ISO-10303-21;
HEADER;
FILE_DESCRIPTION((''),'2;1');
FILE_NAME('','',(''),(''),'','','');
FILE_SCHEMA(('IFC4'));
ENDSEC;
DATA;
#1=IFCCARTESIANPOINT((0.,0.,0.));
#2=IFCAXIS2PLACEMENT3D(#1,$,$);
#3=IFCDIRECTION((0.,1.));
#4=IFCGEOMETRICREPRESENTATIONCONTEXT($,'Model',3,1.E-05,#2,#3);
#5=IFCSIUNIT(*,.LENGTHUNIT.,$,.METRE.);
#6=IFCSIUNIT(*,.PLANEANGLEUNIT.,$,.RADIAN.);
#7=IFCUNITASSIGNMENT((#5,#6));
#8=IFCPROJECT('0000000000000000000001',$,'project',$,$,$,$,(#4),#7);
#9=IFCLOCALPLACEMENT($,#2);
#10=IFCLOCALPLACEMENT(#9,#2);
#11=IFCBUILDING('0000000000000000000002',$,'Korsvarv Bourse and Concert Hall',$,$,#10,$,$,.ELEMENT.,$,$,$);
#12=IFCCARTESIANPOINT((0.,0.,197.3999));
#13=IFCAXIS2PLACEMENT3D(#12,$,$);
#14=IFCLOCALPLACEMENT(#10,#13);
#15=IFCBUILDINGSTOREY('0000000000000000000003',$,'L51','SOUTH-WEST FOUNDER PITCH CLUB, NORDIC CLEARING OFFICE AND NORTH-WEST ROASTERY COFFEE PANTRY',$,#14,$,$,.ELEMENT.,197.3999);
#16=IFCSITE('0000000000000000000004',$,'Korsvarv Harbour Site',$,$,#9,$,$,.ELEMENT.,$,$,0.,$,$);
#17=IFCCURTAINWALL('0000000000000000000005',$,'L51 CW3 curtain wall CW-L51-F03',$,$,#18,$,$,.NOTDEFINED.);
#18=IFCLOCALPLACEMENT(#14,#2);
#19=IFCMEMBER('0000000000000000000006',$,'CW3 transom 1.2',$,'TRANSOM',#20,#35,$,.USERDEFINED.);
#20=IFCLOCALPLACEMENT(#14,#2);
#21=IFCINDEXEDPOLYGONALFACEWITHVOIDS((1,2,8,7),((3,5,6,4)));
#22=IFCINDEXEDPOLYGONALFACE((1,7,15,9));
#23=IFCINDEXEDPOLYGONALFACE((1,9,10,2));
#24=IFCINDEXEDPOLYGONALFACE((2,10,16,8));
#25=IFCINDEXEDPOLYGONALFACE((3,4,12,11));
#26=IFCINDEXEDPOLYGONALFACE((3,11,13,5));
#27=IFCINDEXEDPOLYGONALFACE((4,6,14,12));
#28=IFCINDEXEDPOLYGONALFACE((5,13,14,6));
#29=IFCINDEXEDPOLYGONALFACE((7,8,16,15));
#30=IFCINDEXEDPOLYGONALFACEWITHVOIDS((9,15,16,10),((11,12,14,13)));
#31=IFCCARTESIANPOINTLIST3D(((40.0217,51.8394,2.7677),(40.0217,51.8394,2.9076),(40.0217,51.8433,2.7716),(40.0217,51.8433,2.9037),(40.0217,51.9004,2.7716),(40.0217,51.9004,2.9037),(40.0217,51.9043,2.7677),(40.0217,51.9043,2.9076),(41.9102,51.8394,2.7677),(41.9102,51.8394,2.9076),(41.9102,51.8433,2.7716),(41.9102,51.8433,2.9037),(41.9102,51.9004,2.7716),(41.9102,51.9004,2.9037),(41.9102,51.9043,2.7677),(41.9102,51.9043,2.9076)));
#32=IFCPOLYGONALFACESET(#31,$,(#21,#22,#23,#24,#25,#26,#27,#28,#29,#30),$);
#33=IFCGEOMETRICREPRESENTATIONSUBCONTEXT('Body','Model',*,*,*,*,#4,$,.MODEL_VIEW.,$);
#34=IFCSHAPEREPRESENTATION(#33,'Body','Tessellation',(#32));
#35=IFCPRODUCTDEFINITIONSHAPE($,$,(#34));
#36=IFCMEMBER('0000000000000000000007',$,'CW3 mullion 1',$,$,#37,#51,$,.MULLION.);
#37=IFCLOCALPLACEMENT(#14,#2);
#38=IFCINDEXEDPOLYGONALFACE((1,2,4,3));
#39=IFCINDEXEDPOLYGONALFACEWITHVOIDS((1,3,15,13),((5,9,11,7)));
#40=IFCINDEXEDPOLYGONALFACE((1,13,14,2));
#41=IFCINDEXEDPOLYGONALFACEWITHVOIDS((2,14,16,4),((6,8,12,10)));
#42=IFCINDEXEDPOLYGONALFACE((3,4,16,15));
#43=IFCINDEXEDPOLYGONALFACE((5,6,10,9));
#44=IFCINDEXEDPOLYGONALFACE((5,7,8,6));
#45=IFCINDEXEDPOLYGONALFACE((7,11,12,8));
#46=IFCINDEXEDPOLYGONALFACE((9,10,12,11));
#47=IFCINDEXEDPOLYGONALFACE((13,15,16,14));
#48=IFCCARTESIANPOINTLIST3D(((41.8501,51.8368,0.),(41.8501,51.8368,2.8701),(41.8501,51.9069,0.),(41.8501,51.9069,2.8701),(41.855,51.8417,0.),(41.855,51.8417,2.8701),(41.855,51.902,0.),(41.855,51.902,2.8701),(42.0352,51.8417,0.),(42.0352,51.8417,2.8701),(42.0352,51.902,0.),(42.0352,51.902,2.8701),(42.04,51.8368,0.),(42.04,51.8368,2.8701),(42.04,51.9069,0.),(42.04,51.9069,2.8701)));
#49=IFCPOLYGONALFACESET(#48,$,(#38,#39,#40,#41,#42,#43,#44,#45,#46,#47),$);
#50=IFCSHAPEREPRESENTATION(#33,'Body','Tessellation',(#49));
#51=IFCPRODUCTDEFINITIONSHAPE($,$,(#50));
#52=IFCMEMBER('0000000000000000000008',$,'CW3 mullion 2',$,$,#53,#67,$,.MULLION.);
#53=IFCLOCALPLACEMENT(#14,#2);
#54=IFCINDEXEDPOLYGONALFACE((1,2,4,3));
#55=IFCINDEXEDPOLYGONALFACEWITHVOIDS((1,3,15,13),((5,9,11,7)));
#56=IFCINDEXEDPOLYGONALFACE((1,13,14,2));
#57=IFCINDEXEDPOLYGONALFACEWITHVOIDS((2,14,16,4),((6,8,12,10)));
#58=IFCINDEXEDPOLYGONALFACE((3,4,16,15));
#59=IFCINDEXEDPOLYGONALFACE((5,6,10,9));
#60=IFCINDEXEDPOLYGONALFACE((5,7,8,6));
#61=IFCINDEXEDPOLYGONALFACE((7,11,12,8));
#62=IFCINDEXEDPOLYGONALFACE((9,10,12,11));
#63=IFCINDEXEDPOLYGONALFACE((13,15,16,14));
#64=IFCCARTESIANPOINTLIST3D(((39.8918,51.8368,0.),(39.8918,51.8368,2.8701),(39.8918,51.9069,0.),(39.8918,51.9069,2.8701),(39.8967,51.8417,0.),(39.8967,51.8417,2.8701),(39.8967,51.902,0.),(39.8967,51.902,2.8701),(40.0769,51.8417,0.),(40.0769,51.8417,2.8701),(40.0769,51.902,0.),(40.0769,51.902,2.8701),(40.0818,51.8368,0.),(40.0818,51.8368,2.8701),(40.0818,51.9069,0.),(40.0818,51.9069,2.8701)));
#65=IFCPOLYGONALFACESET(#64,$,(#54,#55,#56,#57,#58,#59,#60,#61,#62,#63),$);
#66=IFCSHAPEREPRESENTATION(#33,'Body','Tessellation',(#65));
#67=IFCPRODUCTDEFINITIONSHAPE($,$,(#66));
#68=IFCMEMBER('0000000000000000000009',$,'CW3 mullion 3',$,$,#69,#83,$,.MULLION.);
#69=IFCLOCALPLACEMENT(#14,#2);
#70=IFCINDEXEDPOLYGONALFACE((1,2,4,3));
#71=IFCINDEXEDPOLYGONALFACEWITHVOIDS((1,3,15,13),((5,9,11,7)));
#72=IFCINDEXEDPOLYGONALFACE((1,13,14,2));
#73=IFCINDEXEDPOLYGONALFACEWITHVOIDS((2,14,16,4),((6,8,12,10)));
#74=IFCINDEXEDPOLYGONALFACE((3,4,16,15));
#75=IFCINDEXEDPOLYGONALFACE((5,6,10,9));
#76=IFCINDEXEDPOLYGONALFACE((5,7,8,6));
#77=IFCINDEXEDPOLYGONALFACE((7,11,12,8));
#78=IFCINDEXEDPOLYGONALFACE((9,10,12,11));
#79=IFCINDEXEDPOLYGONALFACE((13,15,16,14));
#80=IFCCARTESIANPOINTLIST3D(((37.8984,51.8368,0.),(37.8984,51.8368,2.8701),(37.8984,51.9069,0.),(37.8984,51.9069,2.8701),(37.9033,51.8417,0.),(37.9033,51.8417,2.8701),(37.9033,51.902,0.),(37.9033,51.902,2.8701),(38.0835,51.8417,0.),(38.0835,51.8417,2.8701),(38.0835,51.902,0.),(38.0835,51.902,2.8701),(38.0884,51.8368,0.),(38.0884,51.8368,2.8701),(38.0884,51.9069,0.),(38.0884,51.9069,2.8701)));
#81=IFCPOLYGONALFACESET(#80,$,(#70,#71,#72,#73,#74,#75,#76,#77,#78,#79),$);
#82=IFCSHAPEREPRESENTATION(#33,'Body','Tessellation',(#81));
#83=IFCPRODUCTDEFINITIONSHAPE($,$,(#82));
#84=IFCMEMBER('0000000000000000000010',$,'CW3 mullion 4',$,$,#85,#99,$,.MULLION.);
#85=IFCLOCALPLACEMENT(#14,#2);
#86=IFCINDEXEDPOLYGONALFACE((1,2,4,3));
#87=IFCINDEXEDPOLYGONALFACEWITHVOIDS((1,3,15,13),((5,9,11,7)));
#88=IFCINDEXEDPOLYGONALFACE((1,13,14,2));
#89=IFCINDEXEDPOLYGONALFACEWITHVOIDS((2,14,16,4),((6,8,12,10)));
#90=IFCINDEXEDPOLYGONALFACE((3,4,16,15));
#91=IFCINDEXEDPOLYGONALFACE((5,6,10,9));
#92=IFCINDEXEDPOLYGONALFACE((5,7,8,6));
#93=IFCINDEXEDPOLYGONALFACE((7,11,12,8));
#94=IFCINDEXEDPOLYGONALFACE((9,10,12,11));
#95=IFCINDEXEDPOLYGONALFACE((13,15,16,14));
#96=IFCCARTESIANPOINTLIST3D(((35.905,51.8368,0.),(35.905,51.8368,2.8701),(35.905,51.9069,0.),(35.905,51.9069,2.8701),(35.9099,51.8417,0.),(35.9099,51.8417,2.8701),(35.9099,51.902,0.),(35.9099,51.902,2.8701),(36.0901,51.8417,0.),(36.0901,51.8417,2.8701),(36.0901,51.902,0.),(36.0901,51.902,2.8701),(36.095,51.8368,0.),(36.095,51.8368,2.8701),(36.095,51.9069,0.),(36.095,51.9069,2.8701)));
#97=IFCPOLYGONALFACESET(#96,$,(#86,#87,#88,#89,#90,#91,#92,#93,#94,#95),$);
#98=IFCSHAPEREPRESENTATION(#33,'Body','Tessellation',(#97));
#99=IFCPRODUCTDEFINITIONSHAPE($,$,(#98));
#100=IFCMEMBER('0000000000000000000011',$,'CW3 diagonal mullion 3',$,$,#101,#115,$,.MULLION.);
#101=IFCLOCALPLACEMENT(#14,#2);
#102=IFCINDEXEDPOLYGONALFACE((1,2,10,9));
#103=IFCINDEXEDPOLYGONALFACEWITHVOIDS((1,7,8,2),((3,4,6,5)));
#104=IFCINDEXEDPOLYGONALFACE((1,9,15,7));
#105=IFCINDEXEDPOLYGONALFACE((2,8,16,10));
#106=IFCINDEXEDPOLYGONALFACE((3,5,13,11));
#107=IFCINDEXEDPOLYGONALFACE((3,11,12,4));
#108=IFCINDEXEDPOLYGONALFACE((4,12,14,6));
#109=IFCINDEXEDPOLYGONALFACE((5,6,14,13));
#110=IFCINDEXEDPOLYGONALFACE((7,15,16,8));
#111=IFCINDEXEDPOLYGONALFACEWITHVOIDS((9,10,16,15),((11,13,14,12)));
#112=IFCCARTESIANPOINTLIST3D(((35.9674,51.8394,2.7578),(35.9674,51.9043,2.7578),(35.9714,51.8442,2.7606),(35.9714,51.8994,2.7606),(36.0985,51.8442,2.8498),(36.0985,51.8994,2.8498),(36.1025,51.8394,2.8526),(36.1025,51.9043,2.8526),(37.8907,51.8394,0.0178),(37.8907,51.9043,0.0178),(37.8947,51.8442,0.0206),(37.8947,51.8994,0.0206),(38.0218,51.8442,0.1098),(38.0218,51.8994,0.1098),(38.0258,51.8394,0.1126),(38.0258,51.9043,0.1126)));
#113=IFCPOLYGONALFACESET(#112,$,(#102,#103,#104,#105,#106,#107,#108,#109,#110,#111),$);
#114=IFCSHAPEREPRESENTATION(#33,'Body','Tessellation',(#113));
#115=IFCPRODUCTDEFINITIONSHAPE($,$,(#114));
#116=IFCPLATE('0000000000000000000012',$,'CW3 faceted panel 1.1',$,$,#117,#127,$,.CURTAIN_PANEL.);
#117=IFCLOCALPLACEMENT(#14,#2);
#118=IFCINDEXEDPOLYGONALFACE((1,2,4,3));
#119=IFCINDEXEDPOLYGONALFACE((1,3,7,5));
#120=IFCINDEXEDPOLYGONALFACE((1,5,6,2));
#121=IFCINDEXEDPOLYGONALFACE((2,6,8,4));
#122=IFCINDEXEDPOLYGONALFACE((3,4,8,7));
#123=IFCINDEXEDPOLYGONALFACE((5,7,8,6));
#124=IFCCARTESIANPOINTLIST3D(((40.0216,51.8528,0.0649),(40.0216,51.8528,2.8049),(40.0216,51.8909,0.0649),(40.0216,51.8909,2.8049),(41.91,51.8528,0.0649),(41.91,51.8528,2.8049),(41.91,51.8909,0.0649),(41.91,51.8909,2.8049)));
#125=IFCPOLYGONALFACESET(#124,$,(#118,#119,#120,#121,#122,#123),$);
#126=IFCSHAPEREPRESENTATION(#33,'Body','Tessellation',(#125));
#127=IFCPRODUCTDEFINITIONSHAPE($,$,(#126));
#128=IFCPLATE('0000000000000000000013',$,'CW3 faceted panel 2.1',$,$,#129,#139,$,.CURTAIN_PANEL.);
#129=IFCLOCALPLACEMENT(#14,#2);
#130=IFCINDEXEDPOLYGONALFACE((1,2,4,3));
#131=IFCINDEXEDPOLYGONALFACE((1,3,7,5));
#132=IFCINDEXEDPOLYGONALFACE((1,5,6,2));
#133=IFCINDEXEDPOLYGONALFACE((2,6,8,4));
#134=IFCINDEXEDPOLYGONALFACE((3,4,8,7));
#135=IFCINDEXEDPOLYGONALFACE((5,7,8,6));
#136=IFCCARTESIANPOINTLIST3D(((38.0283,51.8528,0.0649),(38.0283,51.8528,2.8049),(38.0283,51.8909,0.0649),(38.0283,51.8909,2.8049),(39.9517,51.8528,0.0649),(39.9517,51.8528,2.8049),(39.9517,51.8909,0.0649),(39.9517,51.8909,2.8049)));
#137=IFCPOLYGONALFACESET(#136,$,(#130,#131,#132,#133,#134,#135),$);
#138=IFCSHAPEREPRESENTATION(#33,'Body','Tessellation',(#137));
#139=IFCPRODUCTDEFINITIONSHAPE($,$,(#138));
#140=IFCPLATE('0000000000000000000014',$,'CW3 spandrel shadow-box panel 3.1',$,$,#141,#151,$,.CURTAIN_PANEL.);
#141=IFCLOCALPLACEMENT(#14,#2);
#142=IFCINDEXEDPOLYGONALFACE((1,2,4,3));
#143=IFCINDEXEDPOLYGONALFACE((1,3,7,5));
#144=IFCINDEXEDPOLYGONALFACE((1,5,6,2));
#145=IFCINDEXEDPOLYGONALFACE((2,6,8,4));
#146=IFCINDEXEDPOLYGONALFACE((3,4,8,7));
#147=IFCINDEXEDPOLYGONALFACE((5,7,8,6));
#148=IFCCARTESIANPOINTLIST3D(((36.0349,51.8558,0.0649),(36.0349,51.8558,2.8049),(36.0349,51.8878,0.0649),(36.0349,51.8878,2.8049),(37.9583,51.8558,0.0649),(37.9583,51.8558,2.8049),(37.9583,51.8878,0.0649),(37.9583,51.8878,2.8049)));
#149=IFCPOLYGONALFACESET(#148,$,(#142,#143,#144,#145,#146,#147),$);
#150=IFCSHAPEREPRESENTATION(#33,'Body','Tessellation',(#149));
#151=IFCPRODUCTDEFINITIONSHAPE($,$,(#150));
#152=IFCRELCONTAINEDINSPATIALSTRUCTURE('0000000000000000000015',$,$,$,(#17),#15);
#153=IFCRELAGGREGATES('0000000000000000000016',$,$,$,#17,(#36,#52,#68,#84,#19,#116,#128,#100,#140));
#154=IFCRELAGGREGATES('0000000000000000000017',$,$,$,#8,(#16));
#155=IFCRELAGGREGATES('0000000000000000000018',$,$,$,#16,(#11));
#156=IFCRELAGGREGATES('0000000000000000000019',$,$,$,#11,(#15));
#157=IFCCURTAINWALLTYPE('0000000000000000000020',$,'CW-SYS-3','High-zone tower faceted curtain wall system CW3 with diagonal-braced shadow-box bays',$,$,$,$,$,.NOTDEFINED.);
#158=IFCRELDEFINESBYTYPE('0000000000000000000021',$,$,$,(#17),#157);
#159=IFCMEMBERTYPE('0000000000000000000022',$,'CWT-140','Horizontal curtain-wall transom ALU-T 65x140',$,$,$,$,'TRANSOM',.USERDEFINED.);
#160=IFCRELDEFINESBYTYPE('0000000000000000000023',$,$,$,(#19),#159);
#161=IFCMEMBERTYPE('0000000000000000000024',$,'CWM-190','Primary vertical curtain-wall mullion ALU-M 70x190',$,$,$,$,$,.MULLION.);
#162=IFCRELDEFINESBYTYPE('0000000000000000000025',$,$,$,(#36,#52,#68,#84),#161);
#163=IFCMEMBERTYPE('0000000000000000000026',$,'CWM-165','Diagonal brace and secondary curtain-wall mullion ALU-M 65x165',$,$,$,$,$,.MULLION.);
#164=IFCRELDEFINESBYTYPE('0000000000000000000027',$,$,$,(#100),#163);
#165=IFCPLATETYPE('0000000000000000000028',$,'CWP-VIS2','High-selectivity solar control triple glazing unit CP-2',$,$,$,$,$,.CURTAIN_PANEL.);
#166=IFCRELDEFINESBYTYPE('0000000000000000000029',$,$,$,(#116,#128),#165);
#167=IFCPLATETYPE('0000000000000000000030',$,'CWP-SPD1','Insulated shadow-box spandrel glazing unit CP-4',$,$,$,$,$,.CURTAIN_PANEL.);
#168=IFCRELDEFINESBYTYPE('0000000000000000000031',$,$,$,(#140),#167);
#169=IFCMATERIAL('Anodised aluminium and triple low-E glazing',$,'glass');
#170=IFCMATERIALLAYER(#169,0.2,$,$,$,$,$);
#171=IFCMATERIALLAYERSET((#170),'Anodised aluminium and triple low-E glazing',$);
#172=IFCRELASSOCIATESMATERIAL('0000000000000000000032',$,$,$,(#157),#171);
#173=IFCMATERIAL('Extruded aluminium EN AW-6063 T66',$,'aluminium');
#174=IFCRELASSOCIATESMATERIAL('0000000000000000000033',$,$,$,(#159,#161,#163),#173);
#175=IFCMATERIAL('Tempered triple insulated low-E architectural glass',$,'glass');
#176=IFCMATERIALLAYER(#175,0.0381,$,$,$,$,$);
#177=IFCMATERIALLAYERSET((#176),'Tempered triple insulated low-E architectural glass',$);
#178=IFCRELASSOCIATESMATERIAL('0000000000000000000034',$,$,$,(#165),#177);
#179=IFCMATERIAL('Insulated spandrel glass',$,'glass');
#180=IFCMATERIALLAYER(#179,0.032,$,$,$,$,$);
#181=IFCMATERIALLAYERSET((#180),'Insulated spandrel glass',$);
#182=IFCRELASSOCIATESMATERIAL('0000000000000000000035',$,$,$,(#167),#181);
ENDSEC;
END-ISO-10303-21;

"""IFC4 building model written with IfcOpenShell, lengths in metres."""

from ifc_helpers import new_model, si_unit, direction, frame, origin, origin_2d, place, context, subcontext, project, spatial, rectangle, hollow_rectangle, extrude, source, transform, mapped, material, layer, layer_set, material_profile, profile_set, type_object, element, aggregate, save


model = new_model("IFC4")

# Units and contexts
model_context = context("Model", 3, precision=1e-05, world=origin(), true_north=direction((0.0, 1.0)))
body_context = subcontext(model_context, "Body", "Model", "MODEL_VIEW")
ifc_project = project(units=[si_unit("LENGTHUNIT", "METRE"), si_unit("PLANEANGLEUNIT", "RADIAN")], contexts=[model_context])

# Site, building, storey
site_placement = place(None, origin())
site = spatial("IfcSite", under=ifc_project, at=site_placement, Name="Korsvarv Harbour Site", CompositionType="ELEMENT", RefElevation=0.0)
building_placement = place(site_placement, origin())
building = spatial("IfcBuilding", under=site, at=building_placement, Name="Korsvarv Bourse and Concert Hall", CompositionType="ELEMENT")
storey_placement = place(building_placement, frame((0.0, 0.0, 197.3999)))
storey = spatial("IfcBuildingStorey", under=building, at=storey_placement, Name="L51", Description="SOUTH-WEST FOUNDER PITCH CLUB, NORDIC CLEARING OFFICE AND NORTH-WEST ROASTERY COFFEE PANTRY", CompositionType="ELEMENT", Elevation=197.3999)

# Curtain wall, members, plates
ifc_material_1 = material(Name="Anodised aluminium and triple low-E glazing", Category="glass")
ifc_layer_1 = layer(ifc_material_1, 0.2)
ifc_layer_set_1 = layer_set([ifc_layer_1], Name="Anodised aluminium and triple low-E glazing")
curtain_wall_type = type_object("IfcCurtainWallType", Name="CW-SYS-3", Description="High-zone tower faceted curtain wall system CW3 with diagonal-braced shadow-box bays", PredefinedType="NOTDEFINED", material=ifc_layer_set_1)
curtain_wall_placement = place(storey_placement, origin())
curtain_wall = element("IfcCurtainWall", 1, at=curtain_wall_placement, inside=storey, type_object=curtain_wall_type, Name="L51 CW3 curtain wall CW-L51-F03", PredefinedType="NOTDEFINED")
ifc_material_2 = material(Name="Extruded aluminium EN AW-6063 T66", Category="aluminium")
ifc_material_profile_1 = material_profile(ifc_material_2, hollow_rectangle(XDim=0.0649, YDim=0.1399, WallThickness=0.0039, at=origin_2d()), Name="ALU-T 65x140")
ifc_profile_set_1 = profile_set([ifc_material_profile_1], Name="Extruded aluminium EN AW-6063 T66")
member_type_1 = type_object("IfcMemberType", Name="CWT-140", Description="Horizontal curtain-wall transom ALU-T 65x140", ElementType="TRANSOM", PredefinedType="USERDEFINED", material=ifc_profile_set_1)
shared_shape_1 = source(origin(), body_context, "Body", "SweptSolid", [
    extrude(hollow_rectangle(XDim=0.0649, YDim=0.1399, WallThickness=0.0039, at=origin_2d()), origin(), (0.0, 0.0, 1.0), 1.8884),
])
member_1_placement = place(storey_placement, frame((41.9102, 51.8718, 2.8376), z_axis=(-1.0, 0.0, 0.0), x_axis=(0.0, -1.0, 0.0)))
member_1 = element("IfcMember", 2, at=member_1_placement, type_object=member_type_1, Name="CW3 transom 1.2", ObjectType="TRANSOM", PredefinedType="USERDEFINED", context=body_context, shape_type="MappedRepresentation", body=[
    mapped(shared_shape_1, transform((0.0, 0.0, 0.0), scale=1.0)),
])
ifc_material_profile_2 = material_profile(ifc_material_2, hollow_rectangle(XDim=0.0701, YDim=0.1899, WallThickness=0.0049, at=origin_2d()), Name="ALU-M 70x190")
ifc_profile_set_2 = profile_set([ifc_material_profile_2], Name="Extruded aluminium EN AW-6063 T66")
member_type_2 = type_object("IfcMemberType", Name="CWM-190", Description="Primary vertical curtain-wall mullion ALU-M 70x190", PredefinedType="MULLION", material=ifc_profile_set_2)
shared_shape_2 = source(origin(), body_context, "Body", "SweptSolid", [
    extrude(hollow_rectangle(XDim=0.0701, YDim=0.1899, WallThickness=0.0049, at=origin_2d()), origin(), (0.0, 0.0, 1.0), 2.8701),
])
member_2_placement = place(storey_placement, frame((41.9451, 51.8718, 0.0), z_axis=(0.0, 0.0, 1.0), x_axis=(0.0, -1.0, 0.0)))
member_2 = element("IfcMember", 3, at=member_2_placement, type_object=member_type_2, Name="CW3 mullion 1", PredefinedType="MULLION", context=body_context, shape_type="MappedRepresentation", body=[
    mapped(shared_shape_2, transform((0.0, 0.0, 0.0), scale=1.0)),
])
member_3_placement = place(storey_placement, frame((39.9868, 51.8718, 0.0), z_axis=(0.0, 0.0, 1.0), x_axis=(0.0, -1.0, 0.0)))
member_3 = element("IfcMember", 4, at=member_3_placement, type_object=member_type_2, Name="CW3 mullion 2", PredefinedType="MULLION", context=body_context, shape_type="MappedRepresentation", body=[
    mapped(shared_shape_2, transform((0.0, 0.0, 0.0), scale=1.0)),
])
member_4_placement = place(storey_placement, frame((37.9934, 51.8718, 0.0), z_axis=(0.0, 0.0, 1.0), x_axis=(0.0, -1.0, 0.0)))
member_4 = element("IfcMember", 5, at=member_4_placement, type_object=member_type_2, Name="CW3 mullion 3", PredefinedType="MULLION", context=body_context, shape_type="MappedRepresentation", body=[
    mapped(shared_shape_2, transform((0.0, 0.0, 0.0), scale=1.0)),
])
member_5_placement = place(storey_placement, frame((36.0, 51.8718, 0.0), z_axis=(0.0, 0.0, 1.0), x_axis=(0.0, -1.0, 0.0)))
member_5 = element("IfcMember", 6, at=member_5_placement, type_object=member_type_2, Name="CW3 mullion 4", PredefinedType="MULLION", context=body_context, shape_type="MappedRepresentation", body=[
    mapped(shared_shape_2, transform((0.0, 0.0, 0.0), scale=1.0)),
])
ifc_material_profile_3 = material_profile(ifc_material_2, hollow_rectangle(XDim=0.0649, YDim=0.165, WallThickness=0.0049, at=origin_2d()), Name="ALU-M 65x165")
ifc_profile_set_3 = profile_set([ifc_material_profile_3], Name="Extruded aluminium EN AW-6063 T66")
member_type_3 = type_object("IfcMemberType", Name="CWM-165", Description="Diagonal brace and secondary curtain-wall mullion ALU-M 65x165", PredefinedType="MULLION", material=ifc_profile_set_3)
shared_shape_3 = source(origin(), body_context, "Body", "SweptSolid", [
    extrude(hollow_rectangle(XDim=0.0649, YDim=0.165, WallThickness=0.0049, at=origin_2d()), origin(), (0.0, 0.0, 1.0), 3.3477),
])
member_6_placement = place(storey_placement, frame((37.9583, 51.8718, 0.0652), z_axis=(-0.574534, 0.0, 0.818481), x_axis=(0.0, -1.0, 0.0)))
member_6 = element("IfcMember", 7, at=member_6_placement, type_object=member_type_3, Name="CW3 diagonal mullion 3", PredefinedType="MULLION", context=body_context, shape_type="MappedRepresentation", body=[
    mapped(shared_shape_3, transform((0.0, 0.0, 0.0), scale=1.0)),
])
ifc_material_3 = material(Name="Tempered triple insulated low-E architectural glass", Category="glass")
ifc_layer_2 = layer(ifc_material_3, 0.0381)
ifc_layer_set_2 = layer_set([ifc_layer_2], Name="Tempered triple insulated low-E architectural glass")
plate_type_1 = type_object("IfcPlateType", Name="CWP-VIS2", Description="High-selectivity solar control triple glazing unit CP-2", PredefinedType="CURTAIN_PANEL", material=ifc_layer_set_2)
shared_shape_4 = source(origin(), body_context, "Body", "SweptSolid", [
    extrude(rectangle(XDim=1.8884, YDim=0.0381, at=origin_2d()), origin(), (0.0, 0.0, 1.0), 2.74),
])
plate_1_placement = place(storey_placement, frame((40.9658, 51.8718, 0.0649), z_axis=(0.0, 0.0, 1.0), x_axis=(-1.0, 0.0, 0.0)))
plate_1 = element("IfcPlate", 8, at=plate_1_placement, type_object=plate_type_1, Name="CW3 faceted panel 1.1", PredefinedType="CURTAIN_PANEL", context=body_context, shape_type="MappedRepresentation", body=[
    mapped(shared_shape_4, transform((0.0, 0.0, 0.0), scale=1.0)),
])
shared_shape_5 = source(origin(), body_context, "Body", "SweptSolid", [
    extrude(rectangle(XDim=1.9233, YDim=0.0381, at=origin_2d()), origin(), (0.0, 0.0, 1.0), 2.74),
])
plate_2_placement = place(storey_placement, frame((38.99, 51.8718, 0.0649), z_axis=(0.0, 0.0, 1.0), x_axis=(-1.0, 0.0, 0.0)))
plate_2 = element("IfcPlate", 9, at=plate_2_placement, type_object=plate_type_1, Name="CW3 faceted panel 2.1", PredefinedType="CURTAIN_PANEL", context=body_context, shape_type="MappedRepresentation", body=[
    mapped(shared_shape_5, transform((0.0, 0.0, 0.0), scale=1.0)),
])
ifc_material_4 = material(Name="Insulated spandrel glass", Category="glass")
ifc_layer_3 = layer(ifc_material_4, 0.032)
ifc_layer_set_3 = layer_set([ifc_layer_3], Name="Insulated spandrel glass")
plate_type_2 = type_object("IfcPlateType", Name="CWP-SPD1", Description="Insulated shadow-box spandrel glazing unit CP-4", PredefinedType="CURTAIN_PANEL", material=ifc_layer_set_3)
shared_shape_6 = source(origin(), body_context, "Body", "SweptSolid", [
    extrude(rectangle(XDim=1.9233, YDim=0.032, at=origin_2d()), origin(), (0.0, 0.0, 1.0), 2.74),
])
plate_3_placement = place(storey_placement, frame((36.9966, 51.8718, 0.0649), z_axis=(0.0, 0.0, 1.0), x_axis=(-1.0, 0.0, 0.0)))
plate_3 = element("IfcPlate", 10, at=plate_3_placement, type_object=plate_type_2, Name="CW3 spandrel shadow-box panel 3.1", PredefinedType="CURTAIN_PANEL", context=body_context, shape_type="MappedRepresentation", body=[
    mapped(shared_shape_6, transform((0.0, 0.0, 0.0), scale=1.0)),
])
aggregate(curtain_wall, [member_2, member_3, member_4, member_5, member_1, plate_1, plate_2, member_6, plate_3])

save(model, "model.ifc")
